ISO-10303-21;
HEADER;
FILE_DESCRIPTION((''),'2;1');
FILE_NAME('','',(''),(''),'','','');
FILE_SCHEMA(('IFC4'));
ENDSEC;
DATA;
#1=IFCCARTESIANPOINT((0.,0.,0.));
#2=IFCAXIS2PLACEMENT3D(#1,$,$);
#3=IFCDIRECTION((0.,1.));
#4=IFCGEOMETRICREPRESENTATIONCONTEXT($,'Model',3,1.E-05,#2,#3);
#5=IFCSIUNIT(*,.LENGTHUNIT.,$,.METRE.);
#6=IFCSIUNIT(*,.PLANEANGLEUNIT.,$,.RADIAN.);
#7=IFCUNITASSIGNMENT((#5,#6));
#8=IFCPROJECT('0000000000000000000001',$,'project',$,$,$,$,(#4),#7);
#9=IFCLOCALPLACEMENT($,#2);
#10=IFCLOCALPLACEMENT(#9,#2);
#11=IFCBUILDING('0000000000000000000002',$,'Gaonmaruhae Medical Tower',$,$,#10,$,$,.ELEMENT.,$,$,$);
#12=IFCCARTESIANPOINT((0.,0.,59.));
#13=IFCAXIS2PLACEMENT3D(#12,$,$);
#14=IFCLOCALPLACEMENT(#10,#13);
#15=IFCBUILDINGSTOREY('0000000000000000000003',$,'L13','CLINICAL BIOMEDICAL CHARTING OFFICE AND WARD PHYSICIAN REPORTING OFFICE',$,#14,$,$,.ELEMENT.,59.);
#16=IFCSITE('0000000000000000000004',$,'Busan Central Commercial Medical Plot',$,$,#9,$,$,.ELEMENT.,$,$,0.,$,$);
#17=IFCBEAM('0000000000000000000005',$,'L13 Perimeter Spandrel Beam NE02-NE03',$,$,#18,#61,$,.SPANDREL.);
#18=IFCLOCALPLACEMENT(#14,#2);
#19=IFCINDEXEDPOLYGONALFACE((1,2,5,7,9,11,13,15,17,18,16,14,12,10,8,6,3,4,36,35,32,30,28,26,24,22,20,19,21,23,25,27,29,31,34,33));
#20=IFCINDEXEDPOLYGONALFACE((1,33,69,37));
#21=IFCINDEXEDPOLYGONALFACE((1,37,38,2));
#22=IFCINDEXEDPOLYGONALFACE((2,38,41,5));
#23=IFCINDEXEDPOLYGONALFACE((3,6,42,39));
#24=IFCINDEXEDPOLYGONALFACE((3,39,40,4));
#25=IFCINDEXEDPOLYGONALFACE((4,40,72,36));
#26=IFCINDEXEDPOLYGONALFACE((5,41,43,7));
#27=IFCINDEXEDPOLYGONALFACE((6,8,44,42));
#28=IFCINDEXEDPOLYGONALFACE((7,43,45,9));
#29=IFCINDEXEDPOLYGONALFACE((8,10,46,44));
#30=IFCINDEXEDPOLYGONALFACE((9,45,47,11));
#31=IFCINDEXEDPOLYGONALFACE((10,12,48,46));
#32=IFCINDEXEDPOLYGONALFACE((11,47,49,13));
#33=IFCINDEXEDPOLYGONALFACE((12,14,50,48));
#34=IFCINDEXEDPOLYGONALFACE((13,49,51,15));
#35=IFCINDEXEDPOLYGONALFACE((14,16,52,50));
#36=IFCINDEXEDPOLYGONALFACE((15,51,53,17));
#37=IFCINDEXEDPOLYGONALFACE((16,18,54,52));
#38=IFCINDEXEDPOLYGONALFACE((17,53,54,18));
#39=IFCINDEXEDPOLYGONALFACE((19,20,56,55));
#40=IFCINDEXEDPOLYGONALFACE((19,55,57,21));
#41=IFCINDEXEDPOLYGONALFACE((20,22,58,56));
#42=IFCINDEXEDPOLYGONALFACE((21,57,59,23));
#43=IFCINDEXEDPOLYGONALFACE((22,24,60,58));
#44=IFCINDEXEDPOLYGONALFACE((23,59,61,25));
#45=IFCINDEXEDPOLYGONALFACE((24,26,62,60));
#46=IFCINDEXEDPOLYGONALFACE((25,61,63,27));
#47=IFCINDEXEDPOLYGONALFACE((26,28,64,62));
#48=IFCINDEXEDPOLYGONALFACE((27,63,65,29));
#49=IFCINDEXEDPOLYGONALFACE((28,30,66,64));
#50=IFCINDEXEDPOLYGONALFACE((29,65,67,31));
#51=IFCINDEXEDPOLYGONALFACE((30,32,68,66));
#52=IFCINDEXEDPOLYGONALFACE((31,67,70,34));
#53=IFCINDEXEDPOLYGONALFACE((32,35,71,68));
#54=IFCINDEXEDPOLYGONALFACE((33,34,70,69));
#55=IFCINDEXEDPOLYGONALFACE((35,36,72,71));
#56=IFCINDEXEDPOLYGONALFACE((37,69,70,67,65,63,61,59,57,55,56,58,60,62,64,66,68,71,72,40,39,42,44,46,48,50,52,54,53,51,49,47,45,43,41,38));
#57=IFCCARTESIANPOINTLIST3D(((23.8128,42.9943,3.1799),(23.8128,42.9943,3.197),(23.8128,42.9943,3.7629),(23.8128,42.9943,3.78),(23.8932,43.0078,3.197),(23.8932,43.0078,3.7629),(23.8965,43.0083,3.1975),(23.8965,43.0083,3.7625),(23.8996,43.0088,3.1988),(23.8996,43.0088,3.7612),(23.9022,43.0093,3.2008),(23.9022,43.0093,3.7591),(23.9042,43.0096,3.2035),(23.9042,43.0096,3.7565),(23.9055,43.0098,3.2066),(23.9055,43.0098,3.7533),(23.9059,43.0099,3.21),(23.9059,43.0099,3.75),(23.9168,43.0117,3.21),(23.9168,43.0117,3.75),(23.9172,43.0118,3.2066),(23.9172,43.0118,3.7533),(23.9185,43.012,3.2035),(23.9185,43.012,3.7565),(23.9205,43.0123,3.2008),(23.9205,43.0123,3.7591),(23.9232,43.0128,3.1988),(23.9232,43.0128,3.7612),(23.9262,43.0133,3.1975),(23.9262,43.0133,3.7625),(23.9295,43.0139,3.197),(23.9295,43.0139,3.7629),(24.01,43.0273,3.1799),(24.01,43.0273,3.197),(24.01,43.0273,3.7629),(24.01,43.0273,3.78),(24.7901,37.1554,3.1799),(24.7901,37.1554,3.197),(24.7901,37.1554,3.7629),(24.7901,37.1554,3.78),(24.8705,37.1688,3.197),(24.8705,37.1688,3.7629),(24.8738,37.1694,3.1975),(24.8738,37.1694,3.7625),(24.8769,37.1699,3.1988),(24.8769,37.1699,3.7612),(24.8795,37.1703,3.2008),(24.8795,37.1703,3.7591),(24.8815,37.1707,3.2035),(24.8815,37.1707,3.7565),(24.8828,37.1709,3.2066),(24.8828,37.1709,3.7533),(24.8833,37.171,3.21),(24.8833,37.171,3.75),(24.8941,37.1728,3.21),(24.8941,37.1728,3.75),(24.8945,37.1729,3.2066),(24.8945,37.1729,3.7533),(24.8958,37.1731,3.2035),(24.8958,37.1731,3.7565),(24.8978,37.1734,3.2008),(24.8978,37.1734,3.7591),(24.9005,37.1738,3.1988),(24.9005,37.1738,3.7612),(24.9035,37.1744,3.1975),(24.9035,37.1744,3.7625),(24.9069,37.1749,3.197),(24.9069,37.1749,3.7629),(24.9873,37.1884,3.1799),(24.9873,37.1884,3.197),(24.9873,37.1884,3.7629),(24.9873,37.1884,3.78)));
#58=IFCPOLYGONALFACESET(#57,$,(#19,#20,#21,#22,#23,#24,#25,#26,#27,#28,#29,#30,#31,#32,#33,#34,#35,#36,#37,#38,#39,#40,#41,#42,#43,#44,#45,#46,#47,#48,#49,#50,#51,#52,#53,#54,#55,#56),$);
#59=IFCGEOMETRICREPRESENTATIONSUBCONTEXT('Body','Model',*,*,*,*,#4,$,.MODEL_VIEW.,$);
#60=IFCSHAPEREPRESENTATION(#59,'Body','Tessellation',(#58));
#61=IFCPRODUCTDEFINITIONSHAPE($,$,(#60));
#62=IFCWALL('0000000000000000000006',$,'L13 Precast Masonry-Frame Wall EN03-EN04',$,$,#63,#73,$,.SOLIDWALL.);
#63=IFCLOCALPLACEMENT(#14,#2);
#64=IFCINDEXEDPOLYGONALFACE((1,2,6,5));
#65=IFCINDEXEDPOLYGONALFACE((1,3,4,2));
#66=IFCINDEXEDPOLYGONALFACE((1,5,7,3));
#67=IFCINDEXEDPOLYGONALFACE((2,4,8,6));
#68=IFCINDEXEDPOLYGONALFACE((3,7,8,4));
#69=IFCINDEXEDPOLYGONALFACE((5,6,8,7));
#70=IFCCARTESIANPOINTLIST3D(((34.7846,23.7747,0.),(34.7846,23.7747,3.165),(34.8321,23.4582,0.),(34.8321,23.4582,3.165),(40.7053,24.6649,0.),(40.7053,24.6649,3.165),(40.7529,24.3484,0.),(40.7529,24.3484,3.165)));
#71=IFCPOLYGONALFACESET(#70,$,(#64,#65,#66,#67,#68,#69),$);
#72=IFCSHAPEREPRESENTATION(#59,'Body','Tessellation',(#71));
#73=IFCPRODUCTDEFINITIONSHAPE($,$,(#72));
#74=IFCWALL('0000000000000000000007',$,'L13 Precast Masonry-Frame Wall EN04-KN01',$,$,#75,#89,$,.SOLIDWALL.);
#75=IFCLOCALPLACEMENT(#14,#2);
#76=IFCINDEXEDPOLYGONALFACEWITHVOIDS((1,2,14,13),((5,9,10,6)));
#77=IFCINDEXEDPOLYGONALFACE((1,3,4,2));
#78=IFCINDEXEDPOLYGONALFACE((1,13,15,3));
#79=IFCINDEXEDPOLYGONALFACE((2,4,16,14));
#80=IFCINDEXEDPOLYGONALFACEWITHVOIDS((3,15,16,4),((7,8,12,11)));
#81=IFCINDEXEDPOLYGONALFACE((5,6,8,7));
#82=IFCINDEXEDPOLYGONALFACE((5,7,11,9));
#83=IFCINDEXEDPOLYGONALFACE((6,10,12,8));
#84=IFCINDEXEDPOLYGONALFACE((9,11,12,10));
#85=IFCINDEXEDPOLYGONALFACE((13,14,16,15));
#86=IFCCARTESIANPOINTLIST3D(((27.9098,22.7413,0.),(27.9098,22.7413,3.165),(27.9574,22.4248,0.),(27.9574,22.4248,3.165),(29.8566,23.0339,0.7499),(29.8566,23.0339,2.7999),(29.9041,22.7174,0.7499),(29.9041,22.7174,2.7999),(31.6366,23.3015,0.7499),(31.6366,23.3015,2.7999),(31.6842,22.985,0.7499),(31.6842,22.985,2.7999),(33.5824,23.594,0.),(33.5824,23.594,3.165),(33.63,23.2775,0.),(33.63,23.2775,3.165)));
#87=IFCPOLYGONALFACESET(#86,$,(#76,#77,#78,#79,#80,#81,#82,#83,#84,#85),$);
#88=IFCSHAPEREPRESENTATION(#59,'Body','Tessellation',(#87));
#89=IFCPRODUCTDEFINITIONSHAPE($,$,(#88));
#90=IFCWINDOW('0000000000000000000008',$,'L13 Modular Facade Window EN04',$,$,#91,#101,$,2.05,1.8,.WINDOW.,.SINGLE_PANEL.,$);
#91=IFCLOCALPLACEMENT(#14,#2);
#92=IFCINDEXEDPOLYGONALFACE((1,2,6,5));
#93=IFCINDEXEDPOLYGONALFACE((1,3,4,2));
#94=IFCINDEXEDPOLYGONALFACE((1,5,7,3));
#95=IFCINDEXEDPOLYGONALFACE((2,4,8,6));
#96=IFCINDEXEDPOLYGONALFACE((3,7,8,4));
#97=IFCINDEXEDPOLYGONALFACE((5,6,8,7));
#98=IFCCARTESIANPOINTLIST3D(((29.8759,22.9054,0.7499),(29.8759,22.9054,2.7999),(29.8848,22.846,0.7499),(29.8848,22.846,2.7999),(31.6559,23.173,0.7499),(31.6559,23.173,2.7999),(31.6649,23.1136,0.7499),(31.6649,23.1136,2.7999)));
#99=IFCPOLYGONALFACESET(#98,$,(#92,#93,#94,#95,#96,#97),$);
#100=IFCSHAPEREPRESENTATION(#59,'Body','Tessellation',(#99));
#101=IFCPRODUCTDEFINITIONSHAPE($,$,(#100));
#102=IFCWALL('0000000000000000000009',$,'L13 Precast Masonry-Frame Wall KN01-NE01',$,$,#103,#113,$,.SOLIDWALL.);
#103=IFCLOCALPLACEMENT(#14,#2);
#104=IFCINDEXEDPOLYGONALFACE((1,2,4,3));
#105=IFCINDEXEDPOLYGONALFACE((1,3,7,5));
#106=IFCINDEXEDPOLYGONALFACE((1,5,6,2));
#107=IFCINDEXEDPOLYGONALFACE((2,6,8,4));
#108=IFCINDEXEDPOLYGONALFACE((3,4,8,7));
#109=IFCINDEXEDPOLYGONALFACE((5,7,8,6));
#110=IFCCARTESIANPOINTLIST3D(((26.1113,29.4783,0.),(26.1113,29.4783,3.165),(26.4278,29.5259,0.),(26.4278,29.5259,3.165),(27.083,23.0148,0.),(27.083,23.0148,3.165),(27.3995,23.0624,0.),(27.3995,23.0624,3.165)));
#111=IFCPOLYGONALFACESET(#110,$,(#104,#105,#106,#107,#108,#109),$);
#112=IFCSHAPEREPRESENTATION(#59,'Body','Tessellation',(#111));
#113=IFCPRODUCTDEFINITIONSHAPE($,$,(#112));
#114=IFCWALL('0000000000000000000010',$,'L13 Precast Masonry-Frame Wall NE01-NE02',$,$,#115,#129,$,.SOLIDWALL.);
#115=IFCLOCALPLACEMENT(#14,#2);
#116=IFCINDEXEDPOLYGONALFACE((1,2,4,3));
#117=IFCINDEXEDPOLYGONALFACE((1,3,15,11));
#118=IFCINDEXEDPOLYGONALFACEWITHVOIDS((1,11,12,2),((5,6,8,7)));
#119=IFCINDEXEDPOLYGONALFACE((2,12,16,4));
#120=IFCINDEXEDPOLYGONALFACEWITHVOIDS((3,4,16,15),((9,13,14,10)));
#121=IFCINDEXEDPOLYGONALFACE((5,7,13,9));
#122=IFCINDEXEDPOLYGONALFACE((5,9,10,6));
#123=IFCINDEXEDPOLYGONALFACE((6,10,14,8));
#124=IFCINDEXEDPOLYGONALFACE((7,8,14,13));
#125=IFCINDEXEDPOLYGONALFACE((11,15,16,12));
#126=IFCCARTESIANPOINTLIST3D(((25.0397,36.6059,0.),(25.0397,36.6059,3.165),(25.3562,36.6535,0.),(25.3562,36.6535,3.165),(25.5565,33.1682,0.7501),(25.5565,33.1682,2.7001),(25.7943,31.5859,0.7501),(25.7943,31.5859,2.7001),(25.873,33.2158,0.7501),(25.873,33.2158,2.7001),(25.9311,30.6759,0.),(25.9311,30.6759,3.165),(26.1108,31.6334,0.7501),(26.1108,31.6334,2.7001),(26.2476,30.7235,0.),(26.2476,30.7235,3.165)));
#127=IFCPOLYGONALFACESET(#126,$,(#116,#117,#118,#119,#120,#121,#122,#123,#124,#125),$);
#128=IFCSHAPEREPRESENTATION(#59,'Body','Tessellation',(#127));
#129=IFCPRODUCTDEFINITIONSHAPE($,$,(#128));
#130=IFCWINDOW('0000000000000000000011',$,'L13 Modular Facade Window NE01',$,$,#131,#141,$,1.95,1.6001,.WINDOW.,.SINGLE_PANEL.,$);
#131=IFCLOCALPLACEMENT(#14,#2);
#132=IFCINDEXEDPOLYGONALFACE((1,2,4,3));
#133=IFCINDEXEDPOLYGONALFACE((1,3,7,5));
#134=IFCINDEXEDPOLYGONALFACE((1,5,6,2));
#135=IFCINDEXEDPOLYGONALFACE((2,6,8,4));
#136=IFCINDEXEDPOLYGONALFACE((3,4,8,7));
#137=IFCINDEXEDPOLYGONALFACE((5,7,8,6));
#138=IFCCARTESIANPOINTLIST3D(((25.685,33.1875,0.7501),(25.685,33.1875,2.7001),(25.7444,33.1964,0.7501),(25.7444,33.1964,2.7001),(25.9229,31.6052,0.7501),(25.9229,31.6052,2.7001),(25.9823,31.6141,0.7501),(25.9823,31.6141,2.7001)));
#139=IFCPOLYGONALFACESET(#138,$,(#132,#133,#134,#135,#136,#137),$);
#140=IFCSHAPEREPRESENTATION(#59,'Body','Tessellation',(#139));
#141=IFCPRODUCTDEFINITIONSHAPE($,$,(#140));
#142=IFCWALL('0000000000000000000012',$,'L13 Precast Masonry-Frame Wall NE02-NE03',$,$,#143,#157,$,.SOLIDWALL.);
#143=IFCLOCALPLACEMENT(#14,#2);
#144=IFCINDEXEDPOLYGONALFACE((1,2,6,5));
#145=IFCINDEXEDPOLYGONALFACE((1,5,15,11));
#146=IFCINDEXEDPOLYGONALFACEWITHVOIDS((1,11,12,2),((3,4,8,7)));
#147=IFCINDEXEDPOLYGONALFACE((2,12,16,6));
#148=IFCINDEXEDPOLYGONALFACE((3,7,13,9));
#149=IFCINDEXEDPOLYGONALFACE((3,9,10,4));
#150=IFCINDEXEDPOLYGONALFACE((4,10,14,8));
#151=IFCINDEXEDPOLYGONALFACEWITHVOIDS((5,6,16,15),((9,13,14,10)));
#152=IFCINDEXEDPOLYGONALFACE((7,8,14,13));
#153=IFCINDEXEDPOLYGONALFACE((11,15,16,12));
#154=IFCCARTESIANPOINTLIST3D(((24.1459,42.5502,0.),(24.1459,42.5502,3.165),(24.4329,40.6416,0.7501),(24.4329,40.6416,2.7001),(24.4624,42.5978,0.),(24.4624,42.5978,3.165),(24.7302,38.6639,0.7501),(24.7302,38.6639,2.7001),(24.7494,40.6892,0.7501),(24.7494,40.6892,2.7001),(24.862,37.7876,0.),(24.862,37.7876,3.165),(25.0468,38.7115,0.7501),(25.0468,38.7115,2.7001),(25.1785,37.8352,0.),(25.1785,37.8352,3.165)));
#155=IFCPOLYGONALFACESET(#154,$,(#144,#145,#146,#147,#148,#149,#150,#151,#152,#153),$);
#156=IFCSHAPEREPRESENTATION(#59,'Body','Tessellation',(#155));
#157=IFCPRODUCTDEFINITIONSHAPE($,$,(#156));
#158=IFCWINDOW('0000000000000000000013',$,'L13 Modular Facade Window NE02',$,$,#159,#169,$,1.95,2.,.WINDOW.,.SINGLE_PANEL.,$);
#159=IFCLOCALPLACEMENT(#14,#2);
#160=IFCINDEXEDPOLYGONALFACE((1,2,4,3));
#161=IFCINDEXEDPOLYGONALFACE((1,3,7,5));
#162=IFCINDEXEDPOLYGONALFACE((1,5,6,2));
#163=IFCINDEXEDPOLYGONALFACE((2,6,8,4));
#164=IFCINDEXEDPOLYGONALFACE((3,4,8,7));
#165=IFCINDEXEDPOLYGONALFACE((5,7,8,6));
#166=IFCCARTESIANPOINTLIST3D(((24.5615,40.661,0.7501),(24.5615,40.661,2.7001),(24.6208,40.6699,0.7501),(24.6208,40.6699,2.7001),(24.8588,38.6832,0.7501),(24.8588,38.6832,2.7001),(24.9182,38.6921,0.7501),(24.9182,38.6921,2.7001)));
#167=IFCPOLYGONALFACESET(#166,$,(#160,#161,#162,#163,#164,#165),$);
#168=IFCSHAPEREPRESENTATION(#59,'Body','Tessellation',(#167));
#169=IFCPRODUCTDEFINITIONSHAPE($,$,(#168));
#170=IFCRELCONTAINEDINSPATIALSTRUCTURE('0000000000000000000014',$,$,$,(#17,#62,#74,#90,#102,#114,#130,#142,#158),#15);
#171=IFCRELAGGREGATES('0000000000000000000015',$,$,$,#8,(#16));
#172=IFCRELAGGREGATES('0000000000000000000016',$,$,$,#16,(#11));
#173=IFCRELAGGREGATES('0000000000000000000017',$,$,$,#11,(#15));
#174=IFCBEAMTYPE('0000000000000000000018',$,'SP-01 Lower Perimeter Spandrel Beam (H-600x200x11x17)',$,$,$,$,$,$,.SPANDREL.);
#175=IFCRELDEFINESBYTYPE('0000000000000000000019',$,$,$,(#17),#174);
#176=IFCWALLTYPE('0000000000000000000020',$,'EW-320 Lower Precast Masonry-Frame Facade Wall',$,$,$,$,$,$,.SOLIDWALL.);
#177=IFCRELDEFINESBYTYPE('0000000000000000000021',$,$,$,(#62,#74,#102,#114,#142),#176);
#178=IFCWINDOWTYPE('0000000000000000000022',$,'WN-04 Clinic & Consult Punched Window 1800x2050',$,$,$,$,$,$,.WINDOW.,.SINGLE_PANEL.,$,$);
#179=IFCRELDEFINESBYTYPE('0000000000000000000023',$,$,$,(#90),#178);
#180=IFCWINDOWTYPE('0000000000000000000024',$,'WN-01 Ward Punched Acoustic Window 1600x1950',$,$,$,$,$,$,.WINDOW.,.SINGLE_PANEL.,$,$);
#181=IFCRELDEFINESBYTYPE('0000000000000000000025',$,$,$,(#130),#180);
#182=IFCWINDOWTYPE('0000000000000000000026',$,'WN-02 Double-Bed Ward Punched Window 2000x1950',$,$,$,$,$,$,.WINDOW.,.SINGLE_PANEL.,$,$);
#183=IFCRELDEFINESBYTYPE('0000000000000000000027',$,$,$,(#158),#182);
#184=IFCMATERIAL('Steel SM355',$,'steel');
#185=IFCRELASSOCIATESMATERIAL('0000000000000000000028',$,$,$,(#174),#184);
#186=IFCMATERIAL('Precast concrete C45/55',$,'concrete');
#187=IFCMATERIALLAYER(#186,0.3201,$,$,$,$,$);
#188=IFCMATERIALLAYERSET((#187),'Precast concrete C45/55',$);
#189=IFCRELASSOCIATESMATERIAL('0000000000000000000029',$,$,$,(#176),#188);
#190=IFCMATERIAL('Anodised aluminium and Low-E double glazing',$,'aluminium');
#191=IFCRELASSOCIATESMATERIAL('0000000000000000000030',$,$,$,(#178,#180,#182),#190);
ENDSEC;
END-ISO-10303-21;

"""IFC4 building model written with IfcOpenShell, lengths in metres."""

from ifc_helpers import new_model, si_unit, direction, frame, frame_2d, origin, origin_2d, place, context, subcontext, project, spatial, rectangle, i_section, extrude, material, layer, layer_set, material_profile, profile_set, type_object, element, fill, save


model = new_model("IFC4")

# Units and contexts
model_context = context("Model", 3, precision=1e-05, world=origin(), true_north=direction((0.0, 1.0)))
body_context = subcontext(model_context, "Body", "Model", "MODEL_VIEW")
ifc_project = project(units=[si_unit("LENGTHUNIT", "METRE"), si_unit("PLANEANGLEUNIT", "RADIAN")], contexts=[model_context])

# Site, building, storey
site_placement = place(None, origin())
site = spatial("IfcSite", under=ifc_project, at=site_placement, Name="Busan Central Commercial Medical Plot", CompositionType="ELEMENT", RefElevation=0.0)
building_placement = place(site_placement, origin())
building = spatial("IfcBuilding", under=site, at=building_placement, Name="Gaonmaruhae Medical Tower", CompositionType="ELEMENT")
storey_placement = place(building_placement, frame((0.0, 0.0, 59.0)))
storey = spatial("IfcBuildingStorey", under=building, at=storey_placement, Name="L13", Description="CLINICAL BIOMEDICAL CHARTING OFFICE AND WARD PHYSICIAN REPORTING OFFICE", CompositionType="ELEMENT", Elevation=59.0)

# Beam
ifc_material_1 = material(Name="Steel SM355", Category="steel")
ifc_material_profile_1 = material_profile(ifc_material_1, i_section(OverallWidth=0.2, OverallDepth=0.6001, WebThickness=0.011, FlangeThickness=0.0171, FilletRadius=0.0129, at=origin_2d()), Name="H-600x200x11x17")
ifc_profile_set_1 = profile_set([ifc_material_profile_1], Name="Steel SM355")
beam_type = type_object("IfcBeamType", Name="SP-01 Lower Perimeter Spandrel Beam (H-600x200x11x17)", PredefinedType="SPANDREL", material=ifc_profile_set_1)
beam_1_placement = place(storey_placement, frame((24.8887, 37.1719, 3.48), z_axis=(-0.165081, 0.98628, 0.0), x_axis=(-0.98628, -0.165081, 0.0)))
element("IfcBeam", 1, at=beam_1_placement, inside=storey, type_object=beam_type, Name="L13 Perimeter Spandrel Beam NE02-NE03", PredefinedType="SPANDREL", context=body_context, shape_type="SweptSolid", body=[
    extrude(i_section(OverallWidth=0.2, OverallDepth=0.6001, WebThickness=0.011, FlangeThickness=0.0171, FilletRadius=0.0129, at=origin_2d()), origin(), (0.0, 0.0, 1.0), 5.9202),
])

# Wall
ifc_material_2 = material(Name="Precast concrete C45/55", Category="concrete")
ifc_layer_1 = layer(ifc_material_2, 0.3201)
ifc_layer_set_1 = layer_set([ifc_layer_1], Name="Precast concrete C45/55")
wall_type_1 = type_object("IfcWallType", Name="EW-320 Lower Precast Masonry-Frame Facade Wall", PredefinedType="SOLIDWALL", material=ifc_layer_set_1)
wall_1_placement = place(storey_placement, frame((34.8083, 23.6165, 0.0), z_axis=(0.0, 0.0, 1.0), x_axis=(0.988886, 0.148673, 0.0)))
element("IfcWall", 2, at=wall_1_placement, inside=storey, type_object=wall_type_1, Name="L13 Precast Masonry-Frame Wall EN03-EN04", PredefinedType="SOLIDWALL", context=body_context, shape_type="SweptSolid", body=[
    extrude(rectangle(XDim=5.9873, YDim=0.3201, at=frame_2d((2.9937, 0.0))), origin(), (0.0, 0.0, 1.0), 3.165),
])

# Wall, opening, window
wall_2_placement = place(storey_placement, frame((27.9336, 22.583, 0.0), z_axis=(0.0, 0.0, 1.0), x_axis=(0.988888, 0.148663, 0.0)))
wall_2 = element("IfcWall", 3, at=wall_2_placement, inside=storey, type_object=wall_type_1, Name="L13 Precast Masonry-Frame Wall EN04-KN01", PredefinedType="SOLIDWALL", context=body_context, shape_type="SweptSolid", body=[
    extrude(rectangle(XDim=5.7363, YDim=0.3201, at=frame_2d((2.8682, 0.0))), origin(), (0.0, 0.0, 1.0), 3.165),
])
opening_1_placement = place(wall_2_placement, frame((1.9688, 0.0, 0.75)))
opening_1 = element("IfcOpeningElement", 4, at=opening_1_placement, cuts=wall_2, PredefinedType="OPENING", context=body_context, shape_type="SweptSolid", body=[
    extrude(rectangle(XDim=1.8, YDim=2.05, at=frame_2d((0.8999, 1.0249))), frame((0.0, 0.1699, 0.0), z_axis=(0.0, -1.0, 0.0), x_axis=(1.0, 0.0, 0.0)), (0.0, 0.0, 1.0), 0.3401),
])
ifc_material_3 = material(Name="Anodised aluminium and Low-E double glazing", Category="aluminium")
window_type_1 = type_object("IfcWindowType", Name="WN-04 Clinic & Consult Punched Window 1800x2050", PartitioningType="SINGLE_PANEL", PredefinedType="WINDOW", material=ifc_material_3)
window_1_placement = place(opening_1_placement, origin())
window_1 = element("IfcWindow", 5, at=window_1_placement, inside=storey, type_object=window_type_1, Name="L13 Modular Facade Window EN04", OverallHeight=2.05, OverallWidth=1.8, PartitioningType="SINGLE_PANEL", PredefinedType="WINDOW", context=body_context, shape_type="SweptSolid", body=[
    extrude(rectangle(XDim=1.8, YDim=2.05, at=frame_2d((0.8999, 1.0249))), frame((0.0, 0.03, 0.0), z_axis=(0.0, -1.0, 0.0), x_axis=(1.0, 0.0, 0.0)), (0.0, 0.0, 1.0), 0.0601),
])
fill(opening_1, window_1)

# Wall
wall_3_placement = place(storey_placement, frame((27.2412, 23.0386, 0.0), z_axis=(0.0, 0.0, 1.0), x_axis=(-0.14866, 0.988888, 0.0)))
element("IfcWall", 6, at=wall_3_placement, inside=storey, type_object=wall_type_1, Name="L13 Precast Masonry-Frame Wall KN01-NE01", PredefinedType="SOLIDWALL", context=body_context, shape_type="SweptSolid", body=[
    extrude(rectangle(XDim=6.5361, YDim=0.3201, at=frame_2d((3.2681, 0.0))), origin(), (0.0, 0.0, 1.0), 3.165),
])

# Walls, openings, windows
wall_4_placement = place(storey_placement, frame((26.0894, 30.6997, 0.0), z_axis=(0.0, 0.0, 1.0), x_axis=(-0.148645, 0.988891, 0.0)))
wall_4 = element("IfcWall", 7, at=wall_4_placement, inside=storey, type_object=wall_type_1, Name="L13 Precast Masonry-Frame Wall NE01-NE02", PredefinedType="SOLIDWALL", context=body_context, shape_type="SweptSolid", body=[
    extrude(rectangle(XDim=5.9966, YDim=0.3201, at=frame_2d((2.9983, 0.0))), origin(), (0.0, 0.0, 1.0), 3.165),
])
opening_2_placement = place(wall_4_placement, frame((0.9202, 0.0, 0.75)))
opening_2 = element("IfcOpeningElement", 8, at=opening_2_placement, cuts=wall_4, PredefinedType="OPENING", context=body_context, shape_type="SweptSolid", body=[
    extrude(rectangle(XDim=1.6001, YDim=1.95, at=frame_2d((0.8, 0.9751))), frame((0.0, 0.1699, 0.0), z_axis=(0.0, -1.0, 0.0), x_axis=(1.0, 0.0, 0.0)), (0.0, 0.0, 1.0), 0.3401),
])
window_type_2 = type_object("IfcWindowType", Name="WN-01 Ward Punched Acoustic Window 1600x1950", PartitioningType="SINGLE_PANEL", PredefinedType="WINDOW", material=ifc_material_3)
window_2_placement = place(opening_2_placement, origin())
window_2 = element("IfcWindow", 9, at=window_2_placement, inside=storey, type_object=window_type_2, Name="L13 Modular Facade Window NE01", OverallHeight=1.95, OverallWidth=1.6001, PartitioningType="SINGLE_PANEL", PredefinedType="WINDOW", context=body_context, shape_type="SweptSolid", body=[
    extrude(rectangle(XDim=1.6001, YDim=1.95, at=frame_2d((0.8, 0.9751))), frame((0.0, 0.03, 0.0), z_axis=(0.0, -1.0, 0.0), x_axis=(1.0, 0.0, 0.0)), (0.0, 0.0, 1.0), 0.0601),
])
fill(opening_2, window_2)
wall_5_placement = place(storey_placement, frame((25.0203, 37.8113, 0.0), z_axis=(0.0, 0.0, 1.0), x_axis=(-0.148678, 0.988886, 0.0)))
wall_5 = element("IfcWall", 10, at=wall_5_placement, inside=storey, type_object=wall_type_1, Name="L13 Precast Masonry-Frame Wall NE02-NE03", PredefinedType="SOLIDWALL", context=body_context, shape_type="SweptSolid", body=[
    extrude(rectangle(XDim=4.8162, YDim=0.3201, at=frame_2d((2.4082, 0.0))), origin(), (0.0, 0.0, 1.0), 3.165),
])
opening_3_placement = place(wall_5_placement, frame((0.8862, 0.0, 0.75)))
opening_3 = element("IfcOpeningElement", 11, at=opening_3_placement, cuts=wall_5, PredefinedType="OPENING", context=body_context, shape_type="SweptSolid", body=[
    extrude(rectangle(XDim=2.0, YDim=1.95, at=frame_2d((1.0, 0.9751))), frame((0.0, 0.1699, 0.0), z_axis=(0.0, -1.0, 0.0), x_axis=(1.0, 0.0, 0.0)), (0.0, 0.0, 1.0), 0.3401),
])
window_type_3 = type_object("IfcWindowType", Name="WN-02 Double-Bed Ward Punched Window 2000x1950", PartitioningType="SINGLE_PANEL", PredefinedType="WINDOW", material=ifc_material_3)
window_3_placement = place(opening_3_placement, origin())
window_3 = element("IfcWindow", 12, at=window_3_placement, inside=storey, type_object=window_type_3, Name="L13 Modular Facade Window NE02", OverallHeight=1.95, OverallWidth=2.0, PartitioningType="SINGLE_PANEL", PredefinedType="WINDOW", context=body_context, shape_type="SweptSolid", body=[
    extrude(rectangle(XDim=2.0, YDim=1.95, at=frame_2d((1.0, 0.9751))), frame((0.0, 0.03, 0.0), z_axis=(0.0, -1.0, 0.0), x_axis=(1.0, 0.0, 0.0)), (0.0, 0.0, 1.0), 0.0601),
])
fill(opening_3, window_3)

save(model, "model.ifc")
